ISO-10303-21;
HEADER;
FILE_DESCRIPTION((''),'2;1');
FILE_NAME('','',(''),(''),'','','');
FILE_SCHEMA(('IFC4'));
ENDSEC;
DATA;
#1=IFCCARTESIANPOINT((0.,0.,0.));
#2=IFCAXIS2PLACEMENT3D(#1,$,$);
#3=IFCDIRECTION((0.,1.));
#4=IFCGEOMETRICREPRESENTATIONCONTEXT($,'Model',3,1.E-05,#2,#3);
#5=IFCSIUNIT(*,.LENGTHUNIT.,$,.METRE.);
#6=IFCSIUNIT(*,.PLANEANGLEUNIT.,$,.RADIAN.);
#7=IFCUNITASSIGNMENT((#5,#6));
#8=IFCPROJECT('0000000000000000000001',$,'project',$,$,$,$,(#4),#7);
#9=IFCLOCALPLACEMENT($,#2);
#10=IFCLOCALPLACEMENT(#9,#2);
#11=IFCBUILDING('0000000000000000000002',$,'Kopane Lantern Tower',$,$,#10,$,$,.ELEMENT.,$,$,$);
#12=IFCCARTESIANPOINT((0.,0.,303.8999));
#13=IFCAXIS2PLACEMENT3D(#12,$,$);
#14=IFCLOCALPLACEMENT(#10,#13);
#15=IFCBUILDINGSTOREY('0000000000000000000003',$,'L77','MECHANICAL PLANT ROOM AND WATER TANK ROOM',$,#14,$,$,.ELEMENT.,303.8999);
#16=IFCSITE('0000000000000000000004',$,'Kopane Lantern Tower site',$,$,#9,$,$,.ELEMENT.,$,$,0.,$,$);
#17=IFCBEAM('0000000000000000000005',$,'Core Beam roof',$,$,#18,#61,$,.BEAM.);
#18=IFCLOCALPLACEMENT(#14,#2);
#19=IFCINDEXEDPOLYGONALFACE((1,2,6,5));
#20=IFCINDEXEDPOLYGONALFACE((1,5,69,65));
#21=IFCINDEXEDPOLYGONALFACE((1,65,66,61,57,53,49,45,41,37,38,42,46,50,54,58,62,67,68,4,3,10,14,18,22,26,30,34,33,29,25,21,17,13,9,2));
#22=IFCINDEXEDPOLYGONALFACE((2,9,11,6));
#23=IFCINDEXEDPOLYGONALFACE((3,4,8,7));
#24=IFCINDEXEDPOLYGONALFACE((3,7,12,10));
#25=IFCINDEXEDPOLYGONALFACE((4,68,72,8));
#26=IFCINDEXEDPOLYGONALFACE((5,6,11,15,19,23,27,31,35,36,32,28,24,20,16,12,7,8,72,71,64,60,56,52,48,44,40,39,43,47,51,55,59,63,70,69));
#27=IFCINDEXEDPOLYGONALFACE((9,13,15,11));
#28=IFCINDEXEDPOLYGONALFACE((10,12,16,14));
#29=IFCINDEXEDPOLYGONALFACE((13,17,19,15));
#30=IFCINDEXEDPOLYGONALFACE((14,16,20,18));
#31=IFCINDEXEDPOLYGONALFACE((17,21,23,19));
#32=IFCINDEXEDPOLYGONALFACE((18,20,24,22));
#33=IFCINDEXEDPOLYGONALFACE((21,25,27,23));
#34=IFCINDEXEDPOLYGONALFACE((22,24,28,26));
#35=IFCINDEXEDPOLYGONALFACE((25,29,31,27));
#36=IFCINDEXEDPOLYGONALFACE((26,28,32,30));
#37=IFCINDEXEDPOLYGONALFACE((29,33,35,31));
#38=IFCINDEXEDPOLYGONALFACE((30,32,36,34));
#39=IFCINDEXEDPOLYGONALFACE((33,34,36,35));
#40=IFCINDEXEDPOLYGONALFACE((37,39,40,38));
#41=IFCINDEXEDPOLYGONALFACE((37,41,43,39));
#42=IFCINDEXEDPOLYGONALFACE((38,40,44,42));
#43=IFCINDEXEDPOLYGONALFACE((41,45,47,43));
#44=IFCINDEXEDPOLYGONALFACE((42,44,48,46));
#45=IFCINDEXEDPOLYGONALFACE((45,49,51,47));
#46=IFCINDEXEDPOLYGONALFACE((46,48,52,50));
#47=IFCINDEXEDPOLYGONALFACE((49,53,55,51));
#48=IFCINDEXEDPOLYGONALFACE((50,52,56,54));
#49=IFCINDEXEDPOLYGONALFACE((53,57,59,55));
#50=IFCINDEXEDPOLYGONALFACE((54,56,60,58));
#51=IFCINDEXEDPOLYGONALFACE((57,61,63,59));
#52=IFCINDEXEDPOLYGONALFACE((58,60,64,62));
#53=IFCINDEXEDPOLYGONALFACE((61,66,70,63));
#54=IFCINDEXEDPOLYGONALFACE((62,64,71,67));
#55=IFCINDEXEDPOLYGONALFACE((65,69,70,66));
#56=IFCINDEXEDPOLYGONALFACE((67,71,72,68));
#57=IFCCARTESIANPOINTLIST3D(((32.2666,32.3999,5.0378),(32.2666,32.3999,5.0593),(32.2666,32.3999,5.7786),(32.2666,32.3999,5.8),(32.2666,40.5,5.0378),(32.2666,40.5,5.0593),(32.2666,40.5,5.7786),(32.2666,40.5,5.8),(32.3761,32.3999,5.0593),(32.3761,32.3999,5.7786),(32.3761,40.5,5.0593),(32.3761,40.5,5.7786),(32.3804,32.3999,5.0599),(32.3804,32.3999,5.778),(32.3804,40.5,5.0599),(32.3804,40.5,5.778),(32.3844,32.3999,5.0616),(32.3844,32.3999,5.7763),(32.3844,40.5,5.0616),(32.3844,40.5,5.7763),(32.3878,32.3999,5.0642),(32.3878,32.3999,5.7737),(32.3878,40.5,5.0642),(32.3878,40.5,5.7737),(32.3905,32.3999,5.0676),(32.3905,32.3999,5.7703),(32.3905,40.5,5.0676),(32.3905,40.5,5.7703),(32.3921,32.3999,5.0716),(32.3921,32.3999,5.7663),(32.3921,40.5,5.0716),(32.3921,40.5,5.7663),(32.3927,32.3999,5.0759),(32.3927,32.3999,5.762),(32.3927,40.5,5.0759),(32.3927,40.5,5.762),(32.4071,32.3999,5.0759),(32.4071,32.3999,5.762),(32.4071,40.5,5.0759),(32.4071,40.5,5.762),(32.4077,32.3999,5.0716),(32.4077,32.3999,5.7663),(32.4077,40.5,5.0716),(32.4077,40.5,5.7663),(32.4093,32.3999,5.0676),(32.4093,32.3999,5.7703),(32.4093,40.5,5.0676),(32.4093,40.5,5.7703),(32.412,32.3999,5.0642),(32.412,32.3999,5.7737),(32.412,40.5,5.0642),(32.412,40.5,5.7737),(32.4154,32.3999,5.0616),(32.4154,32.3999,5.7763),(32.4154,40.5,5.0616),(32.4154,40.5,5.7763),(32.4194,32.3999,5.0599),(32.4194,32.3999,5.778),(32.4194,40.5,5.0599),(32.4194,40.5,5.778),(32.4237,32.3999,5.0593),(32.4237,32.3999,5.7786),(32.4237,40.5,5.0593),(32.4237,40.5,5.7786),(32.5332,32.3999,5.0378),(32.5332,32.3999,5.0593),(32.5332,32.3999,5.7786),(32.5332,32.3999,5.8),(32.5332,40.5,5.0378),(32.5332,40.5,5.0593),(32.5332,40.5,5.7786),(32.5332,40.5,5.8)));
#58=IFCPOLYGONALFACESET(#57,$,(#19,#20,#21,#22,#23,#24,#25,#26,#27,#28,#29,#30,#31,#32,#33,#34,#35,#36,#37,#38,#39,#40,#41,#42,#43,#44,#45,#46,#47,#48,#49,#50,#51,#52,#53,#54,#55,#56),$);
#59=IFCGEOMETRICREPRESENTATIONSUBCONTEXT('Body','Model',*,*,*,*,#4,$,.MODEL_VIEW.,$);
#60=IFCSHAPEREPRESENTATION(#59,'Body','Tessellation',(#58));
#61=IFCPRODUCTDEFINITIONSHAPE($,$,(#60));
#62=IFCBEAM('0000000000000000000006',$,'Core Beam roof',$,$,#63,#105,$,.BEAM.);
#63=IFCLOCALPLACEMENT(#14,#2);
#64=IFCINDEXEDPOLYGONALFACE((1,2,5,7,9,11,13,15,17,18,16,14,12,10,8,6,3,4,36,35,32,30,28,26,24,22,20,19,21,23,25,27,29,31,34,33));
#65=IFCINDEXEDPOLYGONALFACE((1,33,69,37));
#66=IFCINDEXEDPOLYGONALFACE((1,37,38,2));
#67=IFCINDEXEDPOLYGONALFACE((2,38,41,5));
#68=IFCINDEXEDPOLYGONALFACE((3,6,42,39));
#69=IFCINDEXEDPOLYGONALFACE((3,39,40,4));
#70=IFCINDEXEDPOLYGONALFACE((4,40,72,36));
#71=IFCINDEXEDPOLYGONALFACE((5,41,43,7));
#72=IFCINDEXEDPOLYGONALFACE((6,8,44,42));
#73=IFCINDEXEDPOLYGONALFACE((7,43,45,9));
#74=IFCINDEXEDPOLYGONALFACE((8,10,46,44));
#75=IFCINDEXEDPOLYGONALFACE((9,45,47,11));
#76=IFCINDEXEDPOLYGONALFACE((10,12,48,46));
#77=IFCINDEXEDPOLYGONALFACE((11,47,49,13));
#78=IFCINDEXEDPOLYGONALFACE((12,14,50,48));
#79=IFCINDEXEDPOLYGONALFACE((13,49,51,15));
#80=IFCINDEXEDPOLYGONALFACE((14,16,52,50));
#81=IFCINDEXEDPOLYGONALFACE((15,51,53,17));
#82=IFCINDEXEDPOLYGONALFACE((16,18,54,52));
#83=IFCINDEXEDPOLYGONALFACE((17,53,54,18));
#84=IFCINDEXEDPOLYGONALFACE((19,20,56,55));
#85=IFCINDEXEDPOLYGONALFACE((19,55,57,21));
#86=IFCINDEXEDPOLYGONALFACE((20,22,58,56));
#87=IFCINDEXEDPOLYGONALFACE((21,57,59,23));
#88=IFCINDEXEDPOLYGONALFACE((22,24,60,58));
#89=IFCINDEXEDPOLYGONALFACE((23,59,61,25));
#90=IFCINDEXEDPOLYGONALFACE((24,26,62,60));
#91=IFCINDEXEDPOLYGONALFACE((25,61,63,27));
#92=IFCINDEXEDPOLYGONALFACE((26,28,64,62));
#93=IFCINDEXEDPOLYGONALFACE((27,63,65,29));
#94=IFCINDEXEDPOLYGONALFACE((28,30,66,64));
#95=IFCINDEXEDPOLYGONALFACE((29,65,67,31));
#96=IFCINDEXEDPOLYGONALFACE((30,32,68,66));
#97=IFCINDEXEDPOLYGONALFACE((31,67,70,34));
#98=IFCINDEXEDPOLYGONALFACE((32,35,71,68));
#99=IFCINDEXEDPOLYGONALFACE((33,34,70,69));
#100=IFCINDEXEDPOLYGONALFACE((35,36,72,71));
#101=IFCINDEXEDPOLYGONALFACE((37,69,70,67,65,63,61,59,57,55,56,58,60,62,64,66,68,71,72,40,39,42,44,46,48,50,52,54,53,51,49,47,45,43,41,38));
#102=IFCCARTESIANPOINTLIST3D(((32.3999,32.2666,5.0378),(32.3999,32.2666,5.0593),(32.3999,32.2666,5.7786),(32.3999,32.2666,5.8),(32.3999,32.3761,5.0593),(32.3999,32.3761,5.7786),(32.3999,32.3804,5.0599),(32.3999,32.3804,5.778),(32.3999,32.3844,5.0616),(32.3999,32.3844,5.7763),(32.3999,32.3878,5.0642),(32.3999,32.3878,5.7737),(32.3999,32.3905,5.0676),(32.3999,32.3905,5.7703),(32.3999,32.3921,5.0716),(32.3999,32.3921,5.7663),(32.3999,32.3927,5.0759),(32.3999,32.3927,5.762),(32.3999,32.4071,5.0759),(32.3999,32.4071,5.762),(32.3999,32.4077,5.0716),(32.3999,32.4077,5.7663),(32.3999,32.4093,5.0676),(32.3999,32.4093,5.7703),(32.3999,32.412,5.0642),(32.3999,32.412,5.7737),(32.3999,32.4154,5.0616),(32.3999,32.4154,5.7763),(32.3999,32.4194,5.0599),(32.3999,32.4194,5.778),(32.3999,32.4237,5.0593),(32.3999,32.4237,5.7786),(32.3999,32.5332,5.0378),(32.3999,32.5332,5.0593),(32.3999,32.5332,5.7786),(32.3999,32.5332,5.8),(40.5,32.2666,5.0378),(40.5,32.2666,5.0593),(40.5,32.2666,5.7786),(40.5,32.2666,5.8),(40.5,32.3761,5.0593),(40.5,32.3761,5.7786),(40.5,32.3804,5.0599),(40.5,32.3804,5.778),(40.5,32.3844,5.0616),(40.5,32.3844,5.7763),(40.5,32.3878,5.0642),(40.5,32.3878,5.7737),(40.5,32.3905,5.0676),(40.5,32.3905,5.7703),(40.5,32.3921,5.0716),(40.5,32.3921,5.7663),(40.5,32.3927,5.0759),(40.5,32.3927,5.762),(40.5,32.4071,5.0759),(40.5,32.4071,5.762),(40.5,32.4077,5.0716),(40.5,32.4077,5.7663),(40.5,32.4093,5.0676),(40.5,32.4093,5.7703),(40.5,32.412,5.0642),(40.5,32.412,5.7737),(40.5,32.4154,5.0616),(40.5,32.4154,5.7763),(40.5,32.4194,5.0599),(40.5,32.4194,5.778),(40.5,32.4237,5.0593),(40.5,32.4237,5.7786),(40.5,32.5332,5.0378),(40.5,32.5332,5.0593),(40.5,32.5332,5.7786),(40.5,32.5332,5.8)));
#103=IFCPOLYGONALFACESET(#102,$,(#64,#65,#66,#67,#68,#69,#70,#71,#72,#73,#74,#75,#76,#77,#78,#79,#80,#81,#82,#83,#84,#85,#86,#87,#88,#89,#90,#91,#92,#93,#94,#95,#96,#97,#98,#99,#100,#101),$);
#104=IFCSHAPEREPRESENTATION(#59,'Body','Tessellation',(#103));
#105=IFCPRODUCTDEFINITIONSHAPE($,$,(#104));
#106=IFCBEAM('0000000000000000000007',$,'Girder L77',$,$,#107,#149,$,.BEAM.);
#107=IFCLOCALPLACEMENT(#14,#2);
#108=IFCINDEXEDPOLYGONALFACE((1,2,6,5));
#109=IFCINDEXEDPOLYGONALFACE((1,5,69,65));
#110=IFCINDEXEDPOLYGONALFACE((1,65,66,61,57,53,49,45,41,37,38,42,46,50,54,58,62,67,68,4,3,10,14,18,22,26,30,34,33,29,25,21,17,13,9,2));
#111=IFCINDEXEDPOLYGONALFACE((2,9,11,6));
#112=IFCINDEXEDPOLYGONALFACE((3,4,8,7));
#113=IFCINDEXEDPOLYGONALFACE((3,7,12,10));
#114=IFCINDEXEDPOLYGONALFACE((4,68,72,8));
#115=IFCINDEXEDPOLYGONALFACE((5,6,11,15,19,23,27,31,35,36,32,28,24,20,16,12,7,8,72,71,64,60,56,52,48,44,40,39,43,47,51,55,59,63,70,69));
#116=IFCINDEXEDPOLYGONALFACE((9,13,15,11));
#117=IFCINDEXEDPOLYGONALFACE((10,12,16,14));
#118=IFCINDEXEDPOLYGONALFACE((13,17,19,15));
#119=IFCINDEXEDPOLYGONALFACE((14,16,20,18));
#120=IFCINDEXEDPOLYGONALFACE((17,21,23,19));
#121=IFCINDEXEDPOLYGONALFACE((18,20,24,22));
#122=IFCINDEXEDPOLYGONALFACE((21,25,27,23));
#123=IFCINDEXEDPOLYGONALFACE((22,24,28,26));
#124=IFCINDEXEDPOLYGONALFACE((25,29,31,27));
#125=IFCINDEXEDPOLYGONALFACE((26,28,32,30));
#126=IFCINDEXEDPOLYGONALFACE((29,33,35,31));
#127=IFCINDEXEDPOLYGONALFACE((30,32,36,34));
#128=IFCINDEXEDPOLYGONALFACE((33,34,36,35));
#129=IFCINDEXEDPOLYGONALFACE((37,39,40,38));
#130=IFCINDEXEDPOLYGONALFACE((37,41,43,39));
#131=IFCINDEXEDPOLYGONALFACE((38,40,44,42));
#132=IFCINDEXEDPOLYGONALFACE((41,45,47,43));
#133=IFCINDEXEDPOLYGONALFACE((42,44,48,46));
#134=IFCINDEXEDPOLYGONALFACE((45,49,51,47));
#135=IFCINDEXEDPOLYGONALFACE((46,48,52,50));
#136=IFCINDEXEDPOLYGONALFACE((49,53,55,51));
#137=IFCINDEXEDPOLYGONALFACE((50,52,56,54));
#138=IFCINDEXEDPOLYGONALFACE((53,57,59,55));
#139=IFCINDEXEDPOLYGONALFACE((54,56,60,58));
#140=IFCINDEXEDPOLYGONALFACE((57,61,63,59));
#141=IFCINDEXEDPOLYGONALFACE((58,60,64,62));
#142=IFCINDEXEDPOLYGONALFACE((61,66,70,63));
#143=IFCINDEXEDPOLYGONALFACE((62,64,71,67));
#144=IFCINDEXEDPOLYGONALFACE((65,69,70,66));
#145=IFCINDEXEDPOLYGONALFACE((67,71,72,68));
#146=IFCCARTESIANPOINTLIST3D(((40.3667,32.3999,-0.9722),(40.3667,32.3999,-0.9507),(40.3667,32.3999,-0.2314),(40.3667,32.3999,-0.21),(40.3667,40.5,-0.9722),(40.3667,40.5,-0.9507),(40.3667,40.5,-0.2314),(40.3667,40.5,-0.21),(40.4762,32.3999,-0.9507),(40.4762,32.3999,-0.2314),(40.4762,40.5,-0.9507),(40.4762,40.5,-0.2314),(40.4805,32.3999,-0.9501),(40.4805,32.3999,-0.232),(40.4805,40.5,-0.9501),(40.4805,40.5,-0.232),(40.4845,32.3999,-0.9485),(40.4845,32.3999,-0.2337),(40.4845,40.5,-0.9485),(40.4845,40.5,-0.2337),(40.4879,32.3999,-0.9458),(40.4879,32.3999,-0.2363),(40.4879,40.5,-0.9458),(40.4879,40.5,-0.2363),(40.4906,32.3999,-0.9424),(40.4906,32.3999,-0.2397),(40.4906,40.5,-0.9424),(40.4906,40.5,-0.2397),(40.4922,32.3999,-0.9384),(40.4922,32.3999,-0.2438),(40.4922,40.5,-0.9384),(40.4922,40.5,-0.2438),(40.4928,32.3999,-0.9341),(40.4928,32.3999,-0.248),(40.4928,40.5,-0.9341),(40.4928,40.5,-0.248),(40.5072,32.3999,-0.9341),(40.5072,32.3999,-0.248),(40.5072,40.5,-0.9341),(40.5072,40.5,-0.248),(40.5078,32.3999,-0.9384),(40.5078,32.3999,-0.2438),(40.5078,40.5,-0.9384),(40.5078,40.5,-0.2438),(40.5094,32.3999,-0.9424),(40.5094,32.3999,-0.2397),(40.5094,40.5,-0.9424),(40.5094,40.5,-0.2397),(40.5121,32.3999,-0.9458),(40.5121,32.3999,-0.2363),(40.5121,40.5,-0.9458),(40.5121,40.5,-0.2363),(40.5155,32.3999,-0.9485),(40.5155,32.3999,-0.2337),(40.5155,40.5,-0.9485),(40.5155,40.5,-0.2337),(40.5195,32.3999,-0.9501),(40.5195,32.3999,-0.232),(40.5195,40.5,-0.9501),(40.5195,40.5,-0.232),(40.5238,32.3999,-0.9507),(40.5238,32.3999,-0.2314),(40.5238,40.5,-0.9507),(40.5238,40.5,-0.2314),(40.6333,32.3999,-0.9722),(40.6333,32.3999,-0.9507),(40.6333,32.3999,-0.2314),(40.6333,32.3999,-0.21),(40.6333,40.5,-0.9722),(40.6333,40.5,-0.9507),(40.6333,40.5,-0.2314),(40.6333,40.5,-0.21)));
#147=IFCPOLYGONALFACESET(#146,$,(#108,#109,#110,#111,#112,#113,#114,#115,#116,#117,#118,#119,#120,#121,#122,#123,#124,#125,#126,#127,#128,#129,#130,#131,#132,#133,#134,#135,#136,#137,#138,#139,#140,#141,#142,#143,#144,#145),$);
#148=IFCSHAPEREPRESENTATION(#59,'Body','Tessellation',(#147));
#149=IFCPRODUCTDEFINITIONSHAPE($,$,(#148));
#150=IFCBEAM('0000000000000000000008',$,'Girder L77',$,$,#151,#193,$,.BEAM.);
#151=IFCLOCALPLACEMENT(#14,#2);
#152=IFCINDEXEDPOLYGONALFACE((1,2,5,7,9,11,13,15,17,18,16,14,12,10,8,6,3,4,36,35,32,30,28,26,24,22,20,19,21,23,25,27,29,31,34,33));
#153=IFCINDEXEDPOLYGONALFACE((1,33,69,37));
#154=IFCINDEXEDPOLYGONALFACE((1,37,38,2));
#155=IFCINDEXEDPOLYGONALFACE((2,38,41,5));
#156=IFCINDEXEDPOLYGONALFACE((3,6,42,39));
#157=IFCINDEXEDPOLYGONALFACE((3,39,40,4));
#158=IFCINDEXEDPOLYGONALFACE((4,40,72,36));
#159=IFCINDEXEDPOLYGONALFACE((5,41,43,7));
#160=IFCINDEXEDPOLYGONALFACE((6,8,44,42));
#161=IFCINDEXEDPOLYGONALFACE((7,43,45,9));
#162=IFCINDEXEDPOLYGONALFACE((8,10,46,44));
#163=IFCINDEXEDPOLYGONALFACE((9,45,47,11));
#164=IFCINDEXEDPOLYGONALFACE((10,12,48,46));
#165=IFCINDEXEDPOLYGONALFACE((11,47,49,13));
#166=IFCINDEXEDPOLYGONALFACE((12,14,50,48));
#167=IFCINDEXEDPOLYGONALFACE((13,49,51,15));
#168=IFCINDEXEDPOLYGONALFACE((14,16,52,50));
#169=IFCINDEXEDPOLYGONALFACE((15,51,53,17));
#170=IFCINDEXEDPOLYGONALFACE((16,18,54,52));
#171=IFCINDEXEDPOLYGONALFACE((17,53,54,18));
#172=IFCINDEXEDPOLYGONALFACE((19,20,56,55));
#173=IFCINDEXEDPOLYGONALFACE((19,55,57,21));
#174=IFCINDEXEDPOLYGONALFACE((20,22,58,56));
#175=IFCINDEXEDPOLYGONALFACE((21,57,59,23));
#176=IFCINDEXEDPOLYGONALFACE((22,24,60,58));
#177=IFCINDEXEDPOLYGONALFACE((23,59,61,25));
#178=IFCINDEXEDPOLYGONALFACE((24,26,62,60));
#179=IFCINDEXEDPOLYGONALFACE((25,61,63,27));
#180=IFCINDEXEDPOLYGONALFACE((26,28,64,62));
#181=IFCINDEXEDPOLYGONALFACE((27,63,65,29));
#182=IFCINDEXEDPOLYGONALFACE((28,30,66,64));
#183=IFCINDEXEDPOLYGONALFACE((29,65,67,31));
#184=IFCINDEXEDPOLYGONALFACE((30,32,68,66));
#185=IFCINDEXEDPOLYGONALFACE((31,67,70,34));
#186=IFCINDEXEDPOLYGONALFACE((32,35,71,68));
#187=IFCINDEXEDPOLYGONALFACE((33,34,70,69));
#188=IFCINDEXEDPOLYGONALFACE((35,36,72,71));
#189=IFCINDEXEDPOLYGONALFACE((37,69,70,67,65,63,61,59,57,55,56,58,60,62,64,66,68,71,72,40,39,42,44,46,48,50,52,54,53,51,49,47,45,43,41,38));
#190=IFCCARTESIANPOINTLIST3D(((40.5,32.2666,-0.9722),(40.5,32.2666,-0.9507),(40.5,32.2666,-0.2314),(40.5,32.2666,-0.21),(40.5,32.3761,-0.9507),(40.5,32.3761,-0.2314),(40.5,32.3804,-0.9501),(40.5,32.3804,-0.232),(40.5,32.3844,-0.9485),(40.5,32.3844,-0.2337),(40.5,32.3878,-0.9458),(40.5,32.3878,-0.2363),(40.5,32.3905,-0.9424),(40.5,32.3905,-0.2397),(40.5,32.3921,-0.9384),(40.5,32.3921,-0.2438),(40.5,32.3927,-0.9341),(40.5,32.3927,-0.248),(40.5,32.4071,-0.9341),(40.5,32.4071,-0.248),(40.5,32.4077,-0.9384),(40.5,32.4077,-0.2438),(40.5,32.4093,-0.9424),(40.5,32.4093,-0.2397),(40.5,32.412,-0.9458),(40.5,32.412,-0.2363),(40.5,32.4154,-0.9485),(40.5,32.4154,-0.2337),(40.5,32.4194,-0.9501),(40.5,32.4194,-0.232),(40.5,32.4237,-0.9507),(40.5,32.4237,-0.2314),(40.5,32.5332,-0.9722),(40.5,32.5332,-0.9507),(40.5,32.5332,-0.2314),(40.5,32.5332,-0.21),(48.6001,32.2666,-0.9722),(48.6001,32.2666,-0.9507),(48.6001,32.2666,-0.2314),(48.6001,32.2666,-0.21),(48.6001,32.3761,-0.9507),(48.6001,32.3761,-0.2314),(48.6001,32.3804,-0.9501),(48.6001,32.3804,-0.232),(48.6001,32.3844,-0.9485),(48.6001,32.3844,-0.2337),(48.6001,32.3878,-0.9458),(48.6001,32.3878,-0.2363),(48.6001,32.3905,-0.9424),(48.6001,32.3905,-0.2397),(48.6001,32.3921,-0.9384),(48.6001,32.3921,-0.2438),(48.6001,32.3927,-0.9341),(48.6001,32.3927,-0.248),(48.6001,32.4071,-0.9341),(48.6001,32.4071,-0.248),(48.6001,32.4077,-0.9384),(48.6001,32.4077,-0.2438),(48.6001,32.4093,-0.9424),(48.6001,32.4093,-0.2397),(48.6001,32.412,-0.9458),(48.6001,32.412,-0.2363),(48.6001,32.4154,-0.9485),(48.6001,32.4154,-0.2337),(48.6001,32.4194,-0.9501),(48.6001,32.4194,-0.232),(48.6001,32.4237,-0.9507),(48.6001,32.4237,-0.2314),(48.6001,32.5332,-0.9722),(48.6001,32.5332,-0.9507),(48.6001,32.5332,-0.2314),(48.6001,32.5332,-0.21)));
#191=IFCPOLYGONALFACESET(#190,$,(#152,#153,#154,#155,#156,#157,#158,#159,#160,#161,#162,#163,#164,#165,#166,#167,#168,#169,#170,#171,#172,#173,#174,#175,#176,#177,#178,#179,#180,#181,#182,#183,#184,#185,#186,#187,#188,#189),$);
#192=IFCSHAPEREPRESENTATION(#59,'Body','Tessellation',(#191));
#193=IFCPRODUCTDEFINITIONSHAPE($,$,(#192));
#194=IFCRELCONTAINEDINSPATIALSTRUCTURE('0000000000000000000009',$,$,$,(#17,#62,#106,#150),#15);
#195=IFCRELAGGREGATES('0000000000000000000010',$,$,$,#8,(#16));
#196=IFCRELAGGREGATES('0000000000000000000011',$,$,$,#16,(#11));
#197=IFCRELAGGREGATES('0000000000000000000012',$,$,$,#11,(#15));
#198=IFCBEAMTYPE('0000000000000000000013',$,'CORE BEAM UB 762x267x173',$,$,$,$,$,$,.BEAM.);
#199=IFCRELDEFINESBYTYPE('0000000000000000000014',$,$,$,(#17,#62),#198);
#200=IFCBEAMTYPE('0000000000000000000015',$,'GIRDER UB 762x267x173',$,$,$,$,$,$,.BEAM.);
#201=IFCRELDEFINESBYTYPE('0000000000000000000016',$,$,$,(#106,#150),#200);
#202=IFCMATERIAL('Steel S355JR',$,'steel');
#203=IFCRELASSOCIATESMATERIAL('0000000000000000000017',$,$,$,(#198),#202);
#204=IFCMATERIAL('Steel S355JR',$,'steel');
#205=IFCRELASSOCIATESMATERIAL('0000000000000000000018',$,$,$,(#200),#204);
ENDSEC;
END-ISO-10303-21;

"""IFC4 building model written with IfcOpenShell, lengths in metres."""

from ifc_helpers import new_model, si_unit, direction, frame, origin, origin_2d, place, context, subcontext, project, spatial, i_section, extrude, material, material_profile, profile_set, type_object, element, save


model = new_model("IFC4")

# Units and contexts
model_context = context("Model", 3, precision=1e-05, world=origin(), true_north=direction((0.0, 1.0)))
body_context = subcontext(model_context, "Body", "Model", "MODEL_VIEW")
ifc_project = project(units=[si_unit("LENGTHUNIT", "METRE"), si_unit("PLANEANGLEUNIT", "RADIAN")], contexts=[model_context])

# Site, building, storey
site_placement = place(None, origin())
site = spatial("IfcSite", under=ifc_project, at=site_placement, Name="Kopane Lantern Tower site", CompositionType="ELEMENT", RefElevation=0.0)
building_placement = place(site_placement, origin())
building = spatial("IfcBuilding", under=site, at=building_placement, Name="Kopane Lantern Tower", CompositionType="ELEMENT")
storey_placement = place(building_placement, frame((0.0, 0.0, 303.8999)))
storey = spatial("IfcBuildingStorey", under=building, at=storey_placement, Name="L77", Description="MECHANICAL PLANT ROOM AND WATER TANK ROOM", CompositionType="ELEMENT", Elevation=303.8999)

# Beams
ifc_material_1 = material(Name="Steel S355JR", Category="steel")
ifc_material_profile_1 = material_profile(ifc_material_1, i_section(OverallWidth=0.2666, OverallDepth=0.7622, WebThickness=0.0144, FlangeThickness=0.0215, FilletRadius=0.0166, at=origin_2d()), Name="UB 762x267x173")
ifc_profile_set_1 = profile_set([ifc_material_profile_1], Name="Steel S355JR")
beam_type_1 = type_object("IfcBeamType", Name="CORE BEAM UB 762x267x173", PredefinedType="BEAM", material=ifc_profile_set_1)
for number, where, z_axis, x_axis, name in (
    (1, (32.3999, 32.3999, 5.4189), (0.0, 1.0, 0.0), (-1.0, 0.0, 0.0), "Core Beam roof"),
    (2, (32.3999, 32.3999, 5.4189), (1.0, 0.0, 0.0), (0.0, 1.0, 0.0), "Core Beam roof"),
):
    element("IfcBeam", number, at=place(storey_placement, frame(where, z_axis=z_axis, x_axis=x_axis)), inside=storey, type_object=beam_type_1, Name=name, PredefinedType="BEAM", context=body_context, shape_type="SweptSolid", body=[
        extrude(i_section(OverallWidth=0.2666, OverallDepth=0.7622, WebThickness=0.0144, FlangeThickness=0.0215, FilletRadius=0.0166, at=origin_2d()), origin(), (0.0, 0.0, 1.0), 8.1001),
    ])
ifc_material_2 = material(Name="Steel S355JR", Category="steel")
ifc_material_profile_2 = material_profile(ifc_material_2, i_section(OverallWidth=0.2666, OverallDepth=0.7622, WebThickness=0.0144, FlangeThickness=0.0215, FilletRadius=0.0166, at=origin_2d()), Name="UB 762x267x173")
ifc_profile_set_2 = profile_set([ifc_material_profile_2], Name="Steel S355JR")
beam_type_2 = type_object("IfcBeamType", Name="GIRDER UB 762x267x173", PredefinedType="BEAM", material=ifc_profile_set_2)
for number, where, z_axis, x_axis, name in (
    (3, (40.5, 32.3999, -0.5911), (0.0, 1.0, 0.0), (-1.0, 0.0, 0.0), "Girder L77"),
    (4, (40.5, 32.3999, -0.5911), (1.0, 0.0, 0.0), (0.0, 1.0, 0.0), "Girder L77"),
):
    element("IfcBeam", number, at=place(storey_placement, frame(where, z_axis=z_axis, x_axis=x_axis)), inside=storey, type_object=beam_type_2, Name=name, PredefinedType="BEAM", context=body_context, shape_type="SweptSolid", body=[
        extrude(i_section(OverallWidth=0.2666, OverallDepth=0.7622, WebThickness=0.0144, FlangeThickness=0.0215, FilletRadius=0.0166, at=origin_2d()), origin(), (0.0, 0.0, 1.0), 8.1001),
    ])

save(model, "model.ifc")
